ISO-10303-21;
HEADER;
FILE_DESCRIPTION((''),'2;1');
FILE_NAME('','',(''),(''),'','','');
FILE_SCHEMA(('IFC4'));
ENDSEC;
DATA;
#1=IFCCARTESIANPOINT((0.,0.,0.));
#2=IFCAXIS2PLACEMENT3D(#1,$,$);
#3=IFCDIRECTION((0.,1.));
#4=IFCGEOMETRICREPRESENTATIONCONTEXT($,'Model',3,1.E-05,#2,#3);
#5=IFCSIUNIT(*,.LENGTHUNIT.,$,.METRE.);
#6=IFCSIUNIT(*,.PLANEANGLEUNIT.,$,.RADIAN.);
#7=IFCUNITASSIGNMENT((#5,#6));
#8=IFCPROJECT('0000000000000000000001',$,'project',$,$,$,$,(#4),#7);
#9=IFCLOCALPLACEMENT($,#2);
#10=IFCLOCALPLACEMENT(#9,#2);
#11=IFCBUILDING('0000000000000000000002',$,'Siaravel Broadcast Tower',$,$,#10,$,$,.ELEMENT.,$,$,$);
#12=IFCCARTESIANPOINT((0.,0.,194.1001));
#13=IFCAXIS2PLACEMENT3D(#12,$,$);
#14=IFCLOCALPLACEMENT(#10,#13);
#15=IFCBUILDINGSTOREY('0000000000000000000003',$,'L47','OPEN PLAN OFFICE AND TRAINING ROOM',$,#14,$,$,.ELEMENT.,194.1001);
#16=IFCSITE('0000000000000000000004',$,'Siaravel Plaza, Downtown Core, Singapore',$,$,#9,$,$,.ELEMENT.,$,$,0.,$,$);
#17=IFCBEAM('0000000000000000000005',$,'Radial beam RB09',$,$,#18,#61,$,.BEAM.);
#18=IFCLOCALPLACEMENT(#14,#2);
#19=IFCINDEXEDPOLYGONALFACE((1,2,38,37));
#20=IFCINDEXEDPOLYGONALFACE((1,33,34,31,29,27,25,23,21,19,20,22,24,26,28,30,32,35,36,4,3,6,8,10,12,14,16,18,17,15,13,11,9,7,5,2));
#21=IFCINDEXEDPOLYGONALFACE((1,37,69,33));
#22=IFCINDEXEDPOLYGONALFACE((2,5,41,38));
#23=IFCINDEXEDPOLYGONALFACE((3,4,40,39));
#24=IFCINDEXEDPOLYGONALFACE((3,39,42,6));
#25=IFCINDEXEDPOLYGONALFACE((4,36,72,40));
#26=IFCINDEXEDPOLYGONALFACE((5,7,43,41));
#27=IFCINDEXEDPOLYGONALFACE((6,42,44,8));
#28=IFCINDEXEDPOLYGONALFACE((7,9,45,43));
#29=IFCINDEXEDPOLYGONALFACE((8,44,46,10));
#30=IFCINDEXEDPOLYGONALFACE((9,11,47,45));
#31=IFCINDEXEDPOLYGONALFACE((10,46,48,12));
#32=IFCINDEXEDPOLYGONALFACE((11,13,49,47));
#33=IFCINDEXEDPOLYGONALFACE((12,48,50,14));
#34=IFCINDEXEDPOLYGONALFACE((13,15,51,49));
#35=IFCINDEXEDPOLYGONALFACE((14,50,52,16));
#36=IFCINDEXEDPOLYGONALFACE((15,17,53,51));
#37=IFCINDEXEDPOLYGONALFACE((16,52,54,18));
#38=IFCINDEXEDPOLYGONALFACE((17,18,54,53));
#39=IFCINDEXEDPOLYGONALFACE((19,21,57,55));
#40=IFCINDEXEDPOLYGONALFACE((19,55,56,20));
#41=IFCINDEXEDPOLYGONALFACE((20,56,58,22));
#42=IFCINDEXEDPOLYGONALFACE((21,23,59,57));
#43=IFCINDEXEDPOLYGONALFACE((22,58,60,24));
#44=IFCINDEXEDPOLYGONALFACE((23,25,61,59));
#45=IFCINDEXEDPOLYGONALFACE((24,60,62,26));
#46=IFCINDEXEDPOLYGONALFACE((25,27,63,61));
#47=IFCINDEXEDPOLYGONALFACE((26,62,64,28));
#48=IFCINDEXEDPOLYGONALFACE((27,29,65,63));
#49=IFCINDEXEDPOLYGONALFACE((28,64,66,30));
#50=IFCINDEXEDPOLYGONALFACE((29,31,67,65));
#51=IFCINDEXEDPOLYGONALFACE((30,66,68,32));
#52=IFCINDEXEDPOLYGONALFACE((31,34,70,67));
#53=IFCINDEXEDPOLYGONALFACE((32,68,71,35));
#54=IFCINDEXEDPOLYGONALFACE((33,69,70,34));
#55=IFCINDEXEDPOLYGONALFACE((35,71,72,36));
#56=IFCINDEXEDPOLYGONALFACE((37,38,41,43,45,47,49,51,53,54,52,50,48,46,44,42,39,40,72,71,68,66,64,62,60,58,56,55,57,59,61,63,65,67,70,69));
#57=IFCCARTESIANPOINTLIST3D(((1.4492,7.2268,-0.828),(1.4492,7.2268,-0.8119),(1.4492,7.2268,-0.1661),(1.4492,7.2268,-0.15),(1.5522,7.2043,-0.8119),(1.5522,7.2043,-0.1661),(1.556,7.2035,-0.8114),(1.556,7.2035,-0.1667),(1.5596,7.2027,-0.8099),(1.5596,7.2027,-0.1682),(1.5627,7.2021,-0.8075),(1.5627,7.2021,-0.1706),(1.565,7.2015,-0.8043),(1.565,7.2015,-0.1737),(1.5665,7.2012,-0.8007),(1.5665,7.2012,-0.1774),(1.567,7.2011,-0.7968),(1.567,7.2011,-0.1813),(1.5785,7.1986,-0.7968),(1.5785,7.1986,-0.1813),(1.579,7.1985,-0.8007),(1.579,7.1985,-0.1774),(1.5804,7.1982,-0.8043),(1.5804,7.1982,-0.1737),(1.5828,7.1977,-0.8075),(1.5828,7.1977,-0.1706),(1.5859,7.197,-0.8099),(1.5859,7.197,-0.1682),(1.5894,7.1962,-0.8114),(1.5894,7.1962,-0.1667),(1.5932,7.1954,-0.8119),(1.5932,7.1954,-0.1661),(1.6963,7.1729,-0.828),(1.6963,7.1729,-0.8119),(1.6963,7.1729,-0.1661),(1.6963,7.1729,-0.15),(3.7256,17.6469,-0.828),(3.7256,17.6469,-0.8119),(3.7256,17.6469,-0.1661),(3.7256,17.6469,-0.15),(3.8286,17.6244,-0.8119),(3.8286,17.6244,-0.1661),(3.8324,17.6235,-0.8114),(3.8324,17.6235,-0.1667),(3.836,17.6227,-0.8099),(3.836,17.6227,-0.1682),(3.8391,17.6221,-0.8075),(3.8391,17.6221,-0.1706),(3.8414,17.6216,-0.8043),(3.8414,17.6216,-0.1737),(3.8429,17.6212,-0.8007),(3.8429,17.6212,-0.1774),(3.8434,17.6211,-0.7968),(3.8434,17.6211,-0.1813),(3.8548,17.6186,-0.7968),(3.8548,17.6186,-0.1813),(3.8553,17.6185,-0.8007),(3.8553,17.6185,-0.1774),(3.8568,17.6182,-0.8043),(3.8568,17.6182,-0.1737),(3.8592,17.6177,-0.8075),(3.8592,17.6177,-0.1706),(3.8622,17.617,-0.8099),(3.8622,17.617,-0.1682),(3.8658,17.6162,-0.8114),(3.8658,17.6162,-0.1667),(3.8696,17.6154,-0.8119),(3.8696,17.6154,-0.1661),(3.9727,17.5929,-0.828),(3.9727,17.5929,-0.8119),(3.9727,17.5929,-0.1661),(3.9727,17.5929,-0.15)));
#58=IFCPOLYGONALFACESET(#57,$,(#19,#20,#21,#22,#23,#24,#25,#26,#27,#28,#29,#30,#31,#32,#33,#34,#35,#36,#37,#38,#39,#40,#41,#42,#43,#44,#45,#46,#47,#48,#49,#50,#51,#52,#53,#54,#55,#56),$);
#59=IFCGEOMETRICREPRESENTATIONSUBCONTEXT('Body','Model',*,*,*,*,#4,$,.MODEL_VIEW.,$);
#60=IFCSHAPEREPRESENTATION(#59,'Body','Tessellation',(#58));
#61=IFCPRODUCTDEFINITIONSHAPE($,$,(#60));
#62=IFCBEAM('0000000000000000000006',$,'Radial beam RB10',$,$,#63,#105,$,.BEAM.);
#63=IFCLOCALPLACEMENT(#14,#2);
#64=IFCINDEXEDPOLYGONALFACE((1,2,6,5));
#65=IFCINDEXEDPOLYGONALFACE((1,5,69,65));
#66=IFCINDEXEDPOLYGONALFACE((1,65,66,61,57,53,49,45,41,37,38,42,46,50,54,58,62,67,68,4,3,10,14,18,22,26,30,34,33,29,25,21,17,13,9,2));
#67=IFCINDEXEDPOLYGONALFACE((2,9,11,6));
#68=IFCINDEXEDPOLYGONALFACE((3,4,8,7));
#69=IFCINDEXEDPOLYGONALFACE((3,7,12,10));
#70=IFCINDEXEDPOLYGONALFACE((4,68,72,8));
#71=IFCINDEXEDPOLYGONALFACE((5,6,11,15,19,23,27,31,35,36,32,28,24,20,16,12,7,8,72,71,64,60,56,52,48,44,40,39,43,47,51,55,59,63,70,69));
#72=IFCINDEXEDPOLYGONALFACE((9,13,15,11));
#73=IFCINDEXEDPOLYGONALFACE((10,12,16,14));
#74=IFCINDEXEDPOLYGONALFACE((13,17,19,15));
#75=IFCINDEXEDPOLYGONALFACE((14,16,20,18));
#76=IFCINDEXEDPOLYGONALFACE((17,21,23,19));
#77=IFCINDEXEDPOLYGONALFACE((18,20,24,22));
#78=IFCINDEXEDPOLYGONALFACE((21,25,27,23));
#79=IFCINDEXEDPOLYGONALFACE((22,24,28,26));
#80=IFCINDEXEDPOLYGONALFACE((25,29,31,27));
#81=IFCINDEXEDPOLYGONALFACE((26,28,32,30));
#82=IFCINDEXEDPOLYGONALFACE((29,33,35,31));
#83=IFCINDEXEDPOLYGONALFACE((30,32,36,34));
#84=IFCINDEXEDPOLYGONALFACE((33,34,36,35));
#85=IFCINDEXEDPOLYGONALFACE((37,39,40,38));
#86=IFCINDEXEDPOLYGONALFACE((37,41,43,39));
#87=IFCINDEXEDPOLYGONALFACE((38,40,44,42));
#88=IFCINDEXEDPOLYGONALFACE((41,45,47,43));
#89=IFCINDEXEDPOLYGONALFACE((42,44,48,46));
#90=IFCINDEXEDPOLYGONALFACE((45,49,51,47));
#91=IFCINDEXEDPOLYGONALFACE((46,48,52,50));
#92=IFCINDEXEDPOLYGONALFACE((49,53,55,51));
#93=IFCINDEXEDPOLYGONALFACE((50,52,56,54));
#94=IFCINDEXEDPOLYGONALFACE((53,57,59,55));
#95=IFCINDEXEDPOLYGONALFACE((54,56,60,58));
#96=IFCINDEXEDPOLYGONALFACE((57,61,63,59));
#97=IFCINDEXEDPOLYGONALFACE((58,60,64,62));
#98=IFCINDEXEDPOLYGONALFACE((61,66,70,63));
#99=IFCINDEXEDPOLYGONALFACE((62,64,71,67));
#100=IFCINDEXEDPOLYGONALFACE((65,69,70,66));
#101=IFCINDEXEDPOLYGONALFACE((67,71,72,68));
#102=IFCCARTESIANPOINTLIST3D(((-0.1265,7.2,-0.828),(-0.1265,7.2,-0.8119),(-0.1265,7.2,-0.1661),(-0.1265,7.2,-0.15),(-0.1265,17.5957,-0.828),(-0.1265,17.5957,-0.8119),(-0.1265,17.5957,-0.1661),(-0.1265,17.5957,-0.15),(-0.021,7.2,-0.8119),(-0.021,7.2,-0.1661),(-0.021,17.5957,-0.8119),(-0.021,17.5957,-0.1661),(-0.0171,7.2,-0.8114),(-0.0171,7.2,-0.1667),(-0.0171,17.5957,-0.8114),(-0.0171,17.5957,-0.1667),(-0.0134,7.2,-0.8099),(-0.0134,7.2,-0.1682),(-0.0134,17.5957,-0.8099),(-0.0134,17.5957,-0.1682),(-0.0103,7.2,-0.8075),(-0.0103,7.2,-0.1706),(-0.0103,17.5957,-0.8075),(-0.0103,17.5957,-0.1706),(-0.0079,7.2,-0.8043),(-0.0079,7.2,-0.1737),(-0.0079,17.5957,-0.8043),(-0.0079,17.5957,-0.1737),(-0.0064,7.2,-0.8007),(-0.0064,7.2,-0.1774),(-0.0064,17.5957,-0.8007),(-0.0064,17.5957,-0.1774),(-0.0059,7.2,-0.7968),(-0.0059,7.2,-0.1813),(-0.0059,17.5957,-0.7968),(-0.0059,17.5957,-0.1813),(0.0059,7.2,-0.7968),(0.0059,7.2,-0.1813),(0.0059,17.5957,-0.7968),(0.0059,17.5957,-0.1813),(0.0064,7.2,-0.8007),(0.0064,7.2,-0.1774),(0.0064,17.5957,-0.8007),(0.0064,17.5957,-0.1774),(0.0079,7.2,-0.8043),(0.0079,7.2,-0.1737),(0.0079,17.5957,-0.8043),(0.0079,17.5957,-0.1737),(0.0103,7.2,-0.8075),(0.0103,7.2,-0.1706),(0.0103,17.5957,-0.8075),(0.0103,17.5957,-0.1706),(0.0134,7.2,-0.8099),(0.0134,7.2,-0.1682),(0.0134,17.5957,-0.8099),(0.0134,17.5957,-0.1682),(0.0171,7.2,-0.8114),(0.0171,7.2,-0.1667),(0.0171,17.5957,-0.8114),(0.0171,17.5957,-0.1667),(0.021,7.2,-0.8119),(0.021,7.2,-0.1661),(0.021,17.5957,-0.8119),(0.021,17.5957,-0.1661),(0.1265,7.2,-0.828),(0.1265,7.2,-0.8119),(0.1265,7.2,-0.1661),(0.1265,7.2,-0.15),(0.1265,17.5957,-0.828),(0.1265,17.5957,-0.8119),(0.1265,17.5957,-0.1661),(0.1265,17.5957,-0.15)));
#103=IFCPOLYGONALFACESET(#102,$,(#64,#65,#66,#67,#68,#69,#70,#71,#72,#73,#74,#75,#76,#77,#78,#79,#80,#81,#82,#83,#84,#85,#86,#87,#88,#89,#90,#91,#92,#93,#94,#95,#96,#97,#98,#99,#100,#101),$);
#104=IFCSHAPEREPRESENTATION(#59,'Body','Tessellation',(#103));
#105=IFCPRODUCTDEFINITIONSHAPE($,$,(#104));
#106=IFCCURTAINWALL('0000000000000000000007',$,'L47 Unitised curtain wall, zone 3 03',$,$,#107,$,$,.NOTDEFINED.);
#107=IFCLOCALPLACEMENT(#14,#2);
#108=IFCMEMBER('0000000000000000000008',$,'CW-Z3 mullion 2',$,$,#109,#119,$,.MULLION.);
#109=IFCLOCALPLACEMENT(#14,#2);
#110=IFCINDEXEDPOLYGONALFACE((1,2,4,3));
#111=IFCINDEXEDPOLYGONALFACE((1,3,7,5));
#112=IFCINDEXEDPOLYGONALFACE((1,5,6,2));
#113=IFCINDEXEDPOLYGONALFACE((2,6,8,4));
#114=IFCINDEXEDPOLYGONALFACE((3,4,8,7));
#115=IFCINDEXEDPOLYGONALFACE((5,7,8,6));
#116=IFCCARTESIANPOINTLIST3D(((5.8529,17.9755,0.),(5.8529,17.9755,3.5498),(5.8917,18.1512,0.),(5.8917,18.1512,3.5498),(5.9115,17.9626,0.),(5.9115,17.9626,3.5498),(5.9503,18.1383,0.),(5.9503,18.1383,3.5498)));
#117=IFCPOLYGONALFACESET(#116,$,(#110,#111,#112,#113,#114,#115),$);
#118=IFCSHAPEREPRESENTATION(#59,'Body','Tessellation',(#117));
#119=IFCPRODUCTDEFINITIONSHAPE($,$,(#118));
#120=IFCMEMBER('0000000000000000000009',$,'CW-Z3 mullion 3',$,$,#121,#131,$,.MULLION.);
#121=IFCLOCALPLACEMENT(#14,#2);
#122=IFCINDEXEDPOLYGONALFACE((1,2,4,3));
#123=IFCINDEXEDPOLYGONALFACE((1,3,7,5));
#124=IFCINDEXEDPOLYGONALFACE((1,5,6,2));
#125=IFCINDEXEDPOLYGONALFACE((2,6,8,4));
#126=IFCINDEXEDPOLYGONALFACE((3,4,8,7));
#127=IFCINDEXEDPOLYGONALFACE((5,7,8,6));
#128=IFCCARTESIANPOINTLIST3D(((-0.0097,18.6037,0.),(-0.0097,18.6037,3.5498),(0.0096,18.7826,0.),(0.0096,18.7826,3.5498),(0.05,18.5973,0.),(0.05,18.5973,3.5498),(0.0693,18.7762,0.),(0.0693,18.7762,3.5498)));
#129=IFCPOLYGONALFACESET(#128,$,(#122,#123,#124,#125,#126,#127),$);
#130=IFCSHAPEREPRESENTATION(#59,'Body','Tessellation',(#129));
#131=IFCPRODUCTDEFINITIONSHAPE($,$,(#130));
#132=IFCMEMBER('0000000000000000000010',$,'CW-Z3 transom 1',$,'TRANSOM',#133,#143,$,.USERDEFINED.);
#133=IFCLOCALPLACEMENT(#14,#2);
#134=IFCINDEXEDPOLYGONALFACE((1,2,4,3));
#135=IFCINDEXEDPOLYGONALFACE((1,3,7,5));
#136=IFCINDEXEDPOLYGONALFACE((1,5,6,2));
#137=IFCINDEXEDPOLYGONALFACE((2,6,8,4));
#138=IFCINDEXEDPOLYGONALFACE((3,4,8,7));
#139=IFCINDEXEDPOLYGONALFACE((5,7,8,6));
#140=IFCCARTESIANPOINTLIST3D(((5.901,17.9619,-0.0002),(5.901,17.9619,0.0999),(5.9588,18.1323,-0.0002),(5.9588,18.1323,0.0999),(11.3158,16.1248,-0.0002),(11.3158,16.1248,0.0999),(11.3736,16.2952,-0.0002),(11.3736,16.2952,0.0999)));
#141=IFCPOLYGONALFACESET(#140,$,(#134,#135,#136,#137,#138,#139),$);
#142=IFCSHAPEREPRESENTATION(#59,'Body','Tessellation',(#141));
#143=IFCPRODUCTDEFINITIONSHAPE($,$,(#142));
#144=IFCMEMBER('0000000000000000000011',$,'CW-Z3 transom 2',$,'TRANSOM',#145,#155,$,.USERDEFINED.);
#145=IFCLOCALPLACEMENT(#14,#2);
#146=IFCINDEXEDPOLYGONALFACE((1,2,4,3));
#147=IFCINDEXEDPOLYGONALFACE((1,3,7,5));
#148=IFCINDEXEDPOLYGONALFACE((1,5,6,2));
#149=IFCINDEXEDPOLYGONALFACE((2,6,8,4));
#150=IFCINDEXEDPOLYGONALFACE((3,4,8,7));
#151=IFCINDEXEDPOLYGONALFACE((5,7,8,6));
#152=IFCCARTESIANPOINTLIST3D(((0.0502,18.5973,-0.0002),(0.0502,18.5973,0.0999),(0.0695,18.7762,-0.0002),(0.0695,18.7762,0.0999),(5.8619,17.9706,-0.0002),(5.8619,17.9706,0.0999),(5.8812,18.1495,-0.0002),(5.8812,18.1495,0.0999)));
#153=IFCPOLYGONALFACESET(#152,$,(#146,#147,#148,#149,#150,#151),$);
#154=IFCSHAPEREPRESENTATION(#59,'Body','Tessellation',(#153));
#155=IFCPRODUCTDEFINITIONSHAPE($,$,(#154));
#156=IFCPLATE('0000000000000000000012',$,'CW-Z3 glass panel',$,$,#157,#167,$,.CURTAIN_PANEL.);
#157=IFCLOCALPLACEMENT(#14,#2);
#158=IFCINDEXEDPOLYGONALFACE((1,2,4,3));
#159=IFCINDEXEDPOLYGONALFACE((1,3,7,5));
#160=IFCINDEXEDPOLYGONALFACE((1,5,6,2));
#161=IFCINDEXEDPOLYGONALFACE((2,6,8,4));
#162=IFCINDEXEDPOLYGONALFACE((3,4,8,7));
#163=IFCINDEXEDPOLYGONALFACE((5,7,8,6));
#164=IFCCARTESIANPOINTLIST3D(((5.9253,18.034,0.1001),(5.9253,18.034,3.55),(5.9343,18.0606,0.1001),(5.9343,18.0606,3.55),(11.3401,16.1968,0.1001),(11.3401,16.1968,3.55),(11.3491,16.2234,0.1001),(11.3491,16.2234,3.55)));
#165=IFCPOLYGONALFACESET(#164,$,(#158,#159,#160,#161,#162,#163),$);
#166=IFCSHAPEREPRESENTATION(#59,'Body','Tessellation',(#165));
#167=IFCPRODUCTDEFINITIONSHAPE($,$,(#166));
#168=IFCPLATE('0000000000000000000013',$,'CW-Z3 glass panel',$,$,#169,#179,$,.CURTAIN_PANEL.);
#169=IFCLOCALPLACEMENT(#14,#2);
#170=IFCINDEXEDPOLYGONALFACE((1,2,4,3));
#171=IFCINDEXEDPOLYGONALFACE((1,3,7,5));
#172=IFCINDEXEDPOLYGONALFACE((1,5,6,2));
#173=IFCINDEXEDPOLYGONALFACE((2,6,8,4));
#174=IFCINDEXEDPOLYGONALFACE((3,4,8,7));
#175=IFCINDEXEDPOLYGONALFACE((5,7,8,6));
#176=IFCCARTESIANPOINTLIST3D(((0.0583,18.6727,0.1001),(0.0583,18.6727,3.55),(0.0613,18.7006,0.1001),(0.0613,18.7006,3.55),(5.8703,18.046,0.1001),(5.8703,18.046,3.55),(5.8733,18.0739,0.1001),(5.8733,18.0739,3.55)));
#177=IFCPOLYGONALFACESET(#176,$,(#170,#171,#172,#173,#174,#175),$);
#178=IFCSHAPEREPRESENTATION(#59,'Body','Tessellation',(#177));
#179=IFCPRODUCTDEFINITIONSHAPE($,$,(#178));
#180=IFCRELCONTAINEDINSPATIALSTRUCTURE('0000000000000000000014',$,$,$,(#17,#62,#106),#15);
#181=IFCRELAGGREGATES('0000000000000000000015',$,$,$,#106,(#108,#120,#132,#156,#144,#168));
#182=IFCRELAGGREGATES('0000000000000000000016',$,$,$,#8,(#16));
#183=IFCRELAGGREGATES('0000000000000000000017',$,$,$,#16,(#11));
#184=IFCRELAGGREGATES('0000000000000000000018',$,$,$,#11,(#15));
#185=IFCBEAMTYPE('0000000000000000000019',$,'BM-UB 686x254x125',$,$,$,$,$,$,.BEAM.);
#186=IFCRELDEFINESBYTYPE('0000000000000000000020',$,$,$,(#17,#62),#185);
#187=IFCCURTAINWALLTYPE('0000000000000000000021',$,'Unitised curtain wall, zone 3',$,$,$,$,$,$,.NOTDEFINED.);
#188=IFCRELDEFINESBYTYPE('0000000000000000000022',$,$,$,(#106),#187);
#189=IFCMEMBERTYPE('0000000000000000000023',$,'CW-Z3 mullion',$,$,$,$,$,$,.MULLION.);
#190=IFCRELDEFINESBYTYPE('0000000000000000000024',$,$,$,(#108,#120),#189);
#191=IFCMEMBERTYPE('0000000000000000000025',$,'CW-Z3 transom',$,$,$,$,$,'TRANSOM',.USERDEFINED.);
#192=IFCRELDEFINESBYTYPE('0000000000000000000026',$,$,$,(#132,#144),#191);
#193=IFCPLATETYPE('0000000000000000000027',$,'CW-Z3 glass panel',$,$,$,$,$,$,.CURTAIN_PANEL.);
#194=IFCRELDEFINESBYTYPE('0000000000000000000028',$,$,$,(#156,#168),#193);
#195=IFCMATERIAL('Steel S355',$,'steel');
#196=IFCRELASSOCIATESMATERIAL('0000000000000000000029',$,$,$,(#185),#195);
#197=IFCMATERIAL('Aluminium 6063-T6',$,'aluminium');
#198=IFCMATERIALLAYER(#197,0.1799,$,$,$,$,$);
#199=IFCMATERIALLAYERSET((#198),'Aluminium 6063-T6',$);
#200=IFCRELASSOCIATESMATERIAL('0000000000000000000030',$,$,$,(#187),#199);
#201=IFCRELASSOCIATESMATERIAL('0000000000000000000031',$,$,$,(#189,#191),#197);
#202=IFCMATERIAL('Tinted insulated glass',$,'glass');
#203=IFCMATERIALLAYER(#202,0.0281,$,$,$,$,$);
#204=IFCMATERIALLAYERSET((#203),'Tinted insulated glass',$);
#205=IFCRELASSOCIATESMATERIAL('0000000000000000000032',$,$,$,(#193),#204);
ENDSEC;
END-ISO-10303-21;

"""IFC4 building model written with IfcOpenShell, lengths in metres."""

from ifc_helpers import new_model, si_unit, direction, frame, origin, origin_2d, place, context, subcontext, project, spatial, rectangle, i_section, extrude, material, layer, layer_set, material_profile, profile_set, type_object, element, aggregate, save


model = new_model("IFC4")

# Units and contexts
model_context = context("Model", 3, precision=1e-05, world=origin(), true_north=direction((0.0, 1.0)))
body_context = subcontext(model_context, "Body", "Model", "MODEL_VIEW")
ifc_project = project(units=[si_unit("LENGTHUNIT", "METRE"), si_unit("PLANEANGLEUNIT", "RADIAN")], contexts=[model_context])

# Site, building, storey
site_placement = place(None, origin())
site = spatial("IfcSite", under=ifc_project, at=site_placement, Name="Siaravel Plaza, Downtown Core, Singapore", CompositionType="ELEMENT", RefElevation=0.0)
building_placement = place(site_placement, origin())
building = spatial("IfcBuilding", under=site, at=building_placement, Name="Siaravel Broadcast Tower", CompositionType="ELEMENT")
storey_placement = place(building_placement, frame((0.0, 0.0, 194.1001)))
storey = spatial("IfcBuildingStorey", under=building, at=storey_placement, Name="L47", Description="OPEN PLAN OFFICE AND TRAINING ROOM", CompositionType="ELEMENT", Elevation=194.1001)

# Beams
ifc_material_1 = material(Name="Steel S355", Category="steel")
ifc_material_profile_1 = material_profile(ifc_material_1, i_section(OverallWidth=0.2529, OverallDepth=0.678, WebThickness=0.0117, FlangeThickness=0.0161, FilletRadius=0.0151, at=origin_2d()))
ifc_profile_set_1 = profile_set([ifc_material_profile_1], Name="Steel S355")
beam_type = type_object("IfcBeamType", Name="BM-UB 686x254x125", PredefinedType="BEAM", material=ifc_profile_set_1)
beam_1_placement = place(storey_placement, frame((3.8491, 17.6199, -0.489), z_axis=(-0.213429, -0.976959, 0.0), x_axis=(0.976959, -0.213429, 0.0)))
element("IfcBeam", 1, at=beam_1_placement, inside=storey, type_object=beam_type, Name="Radial beam RB09", PredefinedType="BEAM", context=body_context, shape_type="SweptSolid", body=[
    extrude(i_section(OverallWidth=0.2529, OverallDepth=0.678, WebThickness=0.0117, FlangeThickness=0.0161, FilletRadius=0.0151, at=origin_2d()), origin(), (0.0, 0.0, 1.0), 10.6658),
])
beam_2_placement = place(storey_placement, frame((0.0, 17.5957, -0.489), z_axis=(0.0, -1.0, 0.0), x_axis=(1.0, 0.0, 0.0)))
element("IfcBeam", 2, at=beam_2_placement, inside=storey, type_object=beam_type, Name="Radial beam RB10", PredefinedType="BEAM", context=body_context, shape_type="SweptSolid", body=[
    extrude(i_section(OverallWidth=0.2529, OverallDepth=0.678, WebThickness=0.0117, FlangeThickness=0.0161, FilletRadius=0.0151, at=origin_2d()), origin(), (0.0, 0.0, 1.0), 10.3958),
])

# Curtain wall, members, plates
ifc_material_2 = material(Name="Aluminium 6063-T6", Category="aluminium")
ifc_layer_1 = layer(ifc_material_2, 0.1799)
ifc_layer_set_1 = layer_set([ifc_layer_1], Name="Aluminium 6063-T6")
curtain_wall_type = type_object("IfcCurtainWallType", Name="Unitised curtain wall, zone 3", PredefinedType="NOTDEFINED", material=ifc_layer_set_1)
curtain_wall_placement = place(storey_placement, origin())
curtain_wall = element("IfcCurtainWall", 3, at=curtain_wall_placement, inside=storey, type_object=curtain_wall_type, Name="L47 Unitised curtain wall, zone 3 03", PredefinedType="NOTDEFINED")
ifc_material_profile_2 = material_profile(ifc_material_2, rectangle(XDim=0.1799, YDim=0.0601, at=origin_2d()))
ifc_profile_set_2 = profile_set([ifc_material_profile_2], Name="Aluminium 6063-T6")
member_type_1 = type_object("IfcMemberType", Name="CW-Z3 mullion", PredefinedType="MULLION", material=ifc_profile_set_2)
member_1_placement = place(storey_placement, frame((5.9016, 18.0569, 0.0), z_axis=(0.0, 0.0, 1.0), x_axis=(-0.215558, -0.976491, 0.0)))
member_1 = element("IfcMember", 4, at=member_1_placement, type_object=member_type_1, Name="CW-Z3 mullion 2", PredefinedType="MULLION", context=body_context, shape_type="SweptSolid", body=[
    extrude(rectangle(XDim=0.1799, YDim=0.0601, at=origin_2d()), origin(), (0.0, 0.0, 1.0), 3.5498),
])
member_2_placement = place(storey_placement, frame((0.0298, 18.6899, 0.0), z_axis=(0.0, 0.0, 1.0), x_axis=(-0.107217, -0.994236, 0.0)))
member_2 = element("IfcMember", 5, at=member_2_placement, type_object=member_type_1, Name="CW-Z3 mullion 3", PredefinedType="MULLION", context=body_context, shape_type="SweptSolid", body=[
    extrude(rectangle(XDim=0.1799, YDim=0.0601, at=origin_2d()), origin(), (0.0, 0.0, 1.0), 3.5498),
])
ifc_material_profile_3 = material_profile(ifc_material_2, rectangle(XDim=0.1799, YDim=0.1001, at=origin_2d()))
ifc_profile_set_3 = profile_set([ifc_material_profile_3], Name="Aluminium 6063-T6")
member_type_2 = type_object("IfcMemberType", Name="CW-Z3 transom", ElementType="TRANSOM", PredefinedType="USERDEFINED", material=ifc_profile_set_3)
member_3_placement = place(storey_placement, frame((11.3447, 16.21, 0.0498), z_axis=(-0.946979, 0.321296, 0.0), x_axis=(-0.321296, -0.946979, 0.0)))
member_3 = element("IfcMember", 6, at=member_3_placement, type_object=member_type_2, Name="CW-Z3 transom 1", ObjectType="TRANSOM", PredefinedType="USERDEFINED", context=body_context, shape_type="SweptSolid", body=[
    extrude(rectangle(XDim=0.1799, YDim=0.1001, at=origin_2d()), origin(), (0.0, 0.0, 1.0), 5.718),
])
member_4_placement = place(storey_placement, frame((5.8716, 18.0601, 0.0498), z_axis=(-0.994236, 0.107213, 0.0), x_axis=(-0.107213, -0.994236, 0.0)))
member_4 = element("IfcMember", 7, at=member_4_placement, type_object=member_type_2, Name="CW-Z3 transom 2", ObjectType="TRANSOM", PredefinedType="USERDEFINED", context=body_context, shape_type="SweptSolid", body=[
    extrude(rectangle(XDim=0.1799, YDim=0.1001, at=origin_2d()), origin(), (0.0, 0.0, 1.0), 5.8455),
])
ifc_material_3 = material(Name="Tinted insulated glass", Category="glass")
ifc_layer_2 = layer(ifc_material_3, 0.0281)
ifc_layer_set_2 = layer_set([ifc_layer_2], Name="Tinted insulated glass")
plate_type = type_object("IfcPlateType", Name="CW-Z3 glass panel", PredefinedType="CURTAIN_PANEL", material=ifc_layer_set_2)
plate_1_placement = place(storey_placement, frame((8.6372, 17.1287, 0.1001), z_axis=(0.0, 0.0, 1.0), x_axis=(-0.946977, 0.3213, 0.0)))
plate_1 = element("IfcPlate", 8, at=plate_1_placement, type_object=plate_type, Name="CW-Z3 glass panel", PredefinedType="CURTAIN_PANEL", context=body_context, shape_type="SweptSolid", body=[
    extrude(rectangle(XDim=5.718, YDim=0.0281, at=origin_2d()), origin(), (0.0, 0.0, 1.0), 3.45),
])
plate_2_placement = place(storey_placement, frame((2.9658, 18.3733, 0.1001), z_axis=(0.0, 0.0, 1.0), x_axis=(-0.994236, 0.107217, 0.0)))
plate_2 = element("IfcPlate", 9, at=plate_2_placement, type_object=plate_type, Name="CW-Z3 glass panel", PredefinedType="CURTAIN_PANEL", context=body_context, shape_type="SweptSolid", body=[
    extrude(rectangle(XDim=5.8457, YDim=0.0281, at=origin_2d()), origin(), (0.0, 0.0, 1.0), 3.45),
])
aggregate(curtain_wall, [member_1, member_2, member_3, plate_1, member_4, plate_2])

save(model, "model.ifc")
